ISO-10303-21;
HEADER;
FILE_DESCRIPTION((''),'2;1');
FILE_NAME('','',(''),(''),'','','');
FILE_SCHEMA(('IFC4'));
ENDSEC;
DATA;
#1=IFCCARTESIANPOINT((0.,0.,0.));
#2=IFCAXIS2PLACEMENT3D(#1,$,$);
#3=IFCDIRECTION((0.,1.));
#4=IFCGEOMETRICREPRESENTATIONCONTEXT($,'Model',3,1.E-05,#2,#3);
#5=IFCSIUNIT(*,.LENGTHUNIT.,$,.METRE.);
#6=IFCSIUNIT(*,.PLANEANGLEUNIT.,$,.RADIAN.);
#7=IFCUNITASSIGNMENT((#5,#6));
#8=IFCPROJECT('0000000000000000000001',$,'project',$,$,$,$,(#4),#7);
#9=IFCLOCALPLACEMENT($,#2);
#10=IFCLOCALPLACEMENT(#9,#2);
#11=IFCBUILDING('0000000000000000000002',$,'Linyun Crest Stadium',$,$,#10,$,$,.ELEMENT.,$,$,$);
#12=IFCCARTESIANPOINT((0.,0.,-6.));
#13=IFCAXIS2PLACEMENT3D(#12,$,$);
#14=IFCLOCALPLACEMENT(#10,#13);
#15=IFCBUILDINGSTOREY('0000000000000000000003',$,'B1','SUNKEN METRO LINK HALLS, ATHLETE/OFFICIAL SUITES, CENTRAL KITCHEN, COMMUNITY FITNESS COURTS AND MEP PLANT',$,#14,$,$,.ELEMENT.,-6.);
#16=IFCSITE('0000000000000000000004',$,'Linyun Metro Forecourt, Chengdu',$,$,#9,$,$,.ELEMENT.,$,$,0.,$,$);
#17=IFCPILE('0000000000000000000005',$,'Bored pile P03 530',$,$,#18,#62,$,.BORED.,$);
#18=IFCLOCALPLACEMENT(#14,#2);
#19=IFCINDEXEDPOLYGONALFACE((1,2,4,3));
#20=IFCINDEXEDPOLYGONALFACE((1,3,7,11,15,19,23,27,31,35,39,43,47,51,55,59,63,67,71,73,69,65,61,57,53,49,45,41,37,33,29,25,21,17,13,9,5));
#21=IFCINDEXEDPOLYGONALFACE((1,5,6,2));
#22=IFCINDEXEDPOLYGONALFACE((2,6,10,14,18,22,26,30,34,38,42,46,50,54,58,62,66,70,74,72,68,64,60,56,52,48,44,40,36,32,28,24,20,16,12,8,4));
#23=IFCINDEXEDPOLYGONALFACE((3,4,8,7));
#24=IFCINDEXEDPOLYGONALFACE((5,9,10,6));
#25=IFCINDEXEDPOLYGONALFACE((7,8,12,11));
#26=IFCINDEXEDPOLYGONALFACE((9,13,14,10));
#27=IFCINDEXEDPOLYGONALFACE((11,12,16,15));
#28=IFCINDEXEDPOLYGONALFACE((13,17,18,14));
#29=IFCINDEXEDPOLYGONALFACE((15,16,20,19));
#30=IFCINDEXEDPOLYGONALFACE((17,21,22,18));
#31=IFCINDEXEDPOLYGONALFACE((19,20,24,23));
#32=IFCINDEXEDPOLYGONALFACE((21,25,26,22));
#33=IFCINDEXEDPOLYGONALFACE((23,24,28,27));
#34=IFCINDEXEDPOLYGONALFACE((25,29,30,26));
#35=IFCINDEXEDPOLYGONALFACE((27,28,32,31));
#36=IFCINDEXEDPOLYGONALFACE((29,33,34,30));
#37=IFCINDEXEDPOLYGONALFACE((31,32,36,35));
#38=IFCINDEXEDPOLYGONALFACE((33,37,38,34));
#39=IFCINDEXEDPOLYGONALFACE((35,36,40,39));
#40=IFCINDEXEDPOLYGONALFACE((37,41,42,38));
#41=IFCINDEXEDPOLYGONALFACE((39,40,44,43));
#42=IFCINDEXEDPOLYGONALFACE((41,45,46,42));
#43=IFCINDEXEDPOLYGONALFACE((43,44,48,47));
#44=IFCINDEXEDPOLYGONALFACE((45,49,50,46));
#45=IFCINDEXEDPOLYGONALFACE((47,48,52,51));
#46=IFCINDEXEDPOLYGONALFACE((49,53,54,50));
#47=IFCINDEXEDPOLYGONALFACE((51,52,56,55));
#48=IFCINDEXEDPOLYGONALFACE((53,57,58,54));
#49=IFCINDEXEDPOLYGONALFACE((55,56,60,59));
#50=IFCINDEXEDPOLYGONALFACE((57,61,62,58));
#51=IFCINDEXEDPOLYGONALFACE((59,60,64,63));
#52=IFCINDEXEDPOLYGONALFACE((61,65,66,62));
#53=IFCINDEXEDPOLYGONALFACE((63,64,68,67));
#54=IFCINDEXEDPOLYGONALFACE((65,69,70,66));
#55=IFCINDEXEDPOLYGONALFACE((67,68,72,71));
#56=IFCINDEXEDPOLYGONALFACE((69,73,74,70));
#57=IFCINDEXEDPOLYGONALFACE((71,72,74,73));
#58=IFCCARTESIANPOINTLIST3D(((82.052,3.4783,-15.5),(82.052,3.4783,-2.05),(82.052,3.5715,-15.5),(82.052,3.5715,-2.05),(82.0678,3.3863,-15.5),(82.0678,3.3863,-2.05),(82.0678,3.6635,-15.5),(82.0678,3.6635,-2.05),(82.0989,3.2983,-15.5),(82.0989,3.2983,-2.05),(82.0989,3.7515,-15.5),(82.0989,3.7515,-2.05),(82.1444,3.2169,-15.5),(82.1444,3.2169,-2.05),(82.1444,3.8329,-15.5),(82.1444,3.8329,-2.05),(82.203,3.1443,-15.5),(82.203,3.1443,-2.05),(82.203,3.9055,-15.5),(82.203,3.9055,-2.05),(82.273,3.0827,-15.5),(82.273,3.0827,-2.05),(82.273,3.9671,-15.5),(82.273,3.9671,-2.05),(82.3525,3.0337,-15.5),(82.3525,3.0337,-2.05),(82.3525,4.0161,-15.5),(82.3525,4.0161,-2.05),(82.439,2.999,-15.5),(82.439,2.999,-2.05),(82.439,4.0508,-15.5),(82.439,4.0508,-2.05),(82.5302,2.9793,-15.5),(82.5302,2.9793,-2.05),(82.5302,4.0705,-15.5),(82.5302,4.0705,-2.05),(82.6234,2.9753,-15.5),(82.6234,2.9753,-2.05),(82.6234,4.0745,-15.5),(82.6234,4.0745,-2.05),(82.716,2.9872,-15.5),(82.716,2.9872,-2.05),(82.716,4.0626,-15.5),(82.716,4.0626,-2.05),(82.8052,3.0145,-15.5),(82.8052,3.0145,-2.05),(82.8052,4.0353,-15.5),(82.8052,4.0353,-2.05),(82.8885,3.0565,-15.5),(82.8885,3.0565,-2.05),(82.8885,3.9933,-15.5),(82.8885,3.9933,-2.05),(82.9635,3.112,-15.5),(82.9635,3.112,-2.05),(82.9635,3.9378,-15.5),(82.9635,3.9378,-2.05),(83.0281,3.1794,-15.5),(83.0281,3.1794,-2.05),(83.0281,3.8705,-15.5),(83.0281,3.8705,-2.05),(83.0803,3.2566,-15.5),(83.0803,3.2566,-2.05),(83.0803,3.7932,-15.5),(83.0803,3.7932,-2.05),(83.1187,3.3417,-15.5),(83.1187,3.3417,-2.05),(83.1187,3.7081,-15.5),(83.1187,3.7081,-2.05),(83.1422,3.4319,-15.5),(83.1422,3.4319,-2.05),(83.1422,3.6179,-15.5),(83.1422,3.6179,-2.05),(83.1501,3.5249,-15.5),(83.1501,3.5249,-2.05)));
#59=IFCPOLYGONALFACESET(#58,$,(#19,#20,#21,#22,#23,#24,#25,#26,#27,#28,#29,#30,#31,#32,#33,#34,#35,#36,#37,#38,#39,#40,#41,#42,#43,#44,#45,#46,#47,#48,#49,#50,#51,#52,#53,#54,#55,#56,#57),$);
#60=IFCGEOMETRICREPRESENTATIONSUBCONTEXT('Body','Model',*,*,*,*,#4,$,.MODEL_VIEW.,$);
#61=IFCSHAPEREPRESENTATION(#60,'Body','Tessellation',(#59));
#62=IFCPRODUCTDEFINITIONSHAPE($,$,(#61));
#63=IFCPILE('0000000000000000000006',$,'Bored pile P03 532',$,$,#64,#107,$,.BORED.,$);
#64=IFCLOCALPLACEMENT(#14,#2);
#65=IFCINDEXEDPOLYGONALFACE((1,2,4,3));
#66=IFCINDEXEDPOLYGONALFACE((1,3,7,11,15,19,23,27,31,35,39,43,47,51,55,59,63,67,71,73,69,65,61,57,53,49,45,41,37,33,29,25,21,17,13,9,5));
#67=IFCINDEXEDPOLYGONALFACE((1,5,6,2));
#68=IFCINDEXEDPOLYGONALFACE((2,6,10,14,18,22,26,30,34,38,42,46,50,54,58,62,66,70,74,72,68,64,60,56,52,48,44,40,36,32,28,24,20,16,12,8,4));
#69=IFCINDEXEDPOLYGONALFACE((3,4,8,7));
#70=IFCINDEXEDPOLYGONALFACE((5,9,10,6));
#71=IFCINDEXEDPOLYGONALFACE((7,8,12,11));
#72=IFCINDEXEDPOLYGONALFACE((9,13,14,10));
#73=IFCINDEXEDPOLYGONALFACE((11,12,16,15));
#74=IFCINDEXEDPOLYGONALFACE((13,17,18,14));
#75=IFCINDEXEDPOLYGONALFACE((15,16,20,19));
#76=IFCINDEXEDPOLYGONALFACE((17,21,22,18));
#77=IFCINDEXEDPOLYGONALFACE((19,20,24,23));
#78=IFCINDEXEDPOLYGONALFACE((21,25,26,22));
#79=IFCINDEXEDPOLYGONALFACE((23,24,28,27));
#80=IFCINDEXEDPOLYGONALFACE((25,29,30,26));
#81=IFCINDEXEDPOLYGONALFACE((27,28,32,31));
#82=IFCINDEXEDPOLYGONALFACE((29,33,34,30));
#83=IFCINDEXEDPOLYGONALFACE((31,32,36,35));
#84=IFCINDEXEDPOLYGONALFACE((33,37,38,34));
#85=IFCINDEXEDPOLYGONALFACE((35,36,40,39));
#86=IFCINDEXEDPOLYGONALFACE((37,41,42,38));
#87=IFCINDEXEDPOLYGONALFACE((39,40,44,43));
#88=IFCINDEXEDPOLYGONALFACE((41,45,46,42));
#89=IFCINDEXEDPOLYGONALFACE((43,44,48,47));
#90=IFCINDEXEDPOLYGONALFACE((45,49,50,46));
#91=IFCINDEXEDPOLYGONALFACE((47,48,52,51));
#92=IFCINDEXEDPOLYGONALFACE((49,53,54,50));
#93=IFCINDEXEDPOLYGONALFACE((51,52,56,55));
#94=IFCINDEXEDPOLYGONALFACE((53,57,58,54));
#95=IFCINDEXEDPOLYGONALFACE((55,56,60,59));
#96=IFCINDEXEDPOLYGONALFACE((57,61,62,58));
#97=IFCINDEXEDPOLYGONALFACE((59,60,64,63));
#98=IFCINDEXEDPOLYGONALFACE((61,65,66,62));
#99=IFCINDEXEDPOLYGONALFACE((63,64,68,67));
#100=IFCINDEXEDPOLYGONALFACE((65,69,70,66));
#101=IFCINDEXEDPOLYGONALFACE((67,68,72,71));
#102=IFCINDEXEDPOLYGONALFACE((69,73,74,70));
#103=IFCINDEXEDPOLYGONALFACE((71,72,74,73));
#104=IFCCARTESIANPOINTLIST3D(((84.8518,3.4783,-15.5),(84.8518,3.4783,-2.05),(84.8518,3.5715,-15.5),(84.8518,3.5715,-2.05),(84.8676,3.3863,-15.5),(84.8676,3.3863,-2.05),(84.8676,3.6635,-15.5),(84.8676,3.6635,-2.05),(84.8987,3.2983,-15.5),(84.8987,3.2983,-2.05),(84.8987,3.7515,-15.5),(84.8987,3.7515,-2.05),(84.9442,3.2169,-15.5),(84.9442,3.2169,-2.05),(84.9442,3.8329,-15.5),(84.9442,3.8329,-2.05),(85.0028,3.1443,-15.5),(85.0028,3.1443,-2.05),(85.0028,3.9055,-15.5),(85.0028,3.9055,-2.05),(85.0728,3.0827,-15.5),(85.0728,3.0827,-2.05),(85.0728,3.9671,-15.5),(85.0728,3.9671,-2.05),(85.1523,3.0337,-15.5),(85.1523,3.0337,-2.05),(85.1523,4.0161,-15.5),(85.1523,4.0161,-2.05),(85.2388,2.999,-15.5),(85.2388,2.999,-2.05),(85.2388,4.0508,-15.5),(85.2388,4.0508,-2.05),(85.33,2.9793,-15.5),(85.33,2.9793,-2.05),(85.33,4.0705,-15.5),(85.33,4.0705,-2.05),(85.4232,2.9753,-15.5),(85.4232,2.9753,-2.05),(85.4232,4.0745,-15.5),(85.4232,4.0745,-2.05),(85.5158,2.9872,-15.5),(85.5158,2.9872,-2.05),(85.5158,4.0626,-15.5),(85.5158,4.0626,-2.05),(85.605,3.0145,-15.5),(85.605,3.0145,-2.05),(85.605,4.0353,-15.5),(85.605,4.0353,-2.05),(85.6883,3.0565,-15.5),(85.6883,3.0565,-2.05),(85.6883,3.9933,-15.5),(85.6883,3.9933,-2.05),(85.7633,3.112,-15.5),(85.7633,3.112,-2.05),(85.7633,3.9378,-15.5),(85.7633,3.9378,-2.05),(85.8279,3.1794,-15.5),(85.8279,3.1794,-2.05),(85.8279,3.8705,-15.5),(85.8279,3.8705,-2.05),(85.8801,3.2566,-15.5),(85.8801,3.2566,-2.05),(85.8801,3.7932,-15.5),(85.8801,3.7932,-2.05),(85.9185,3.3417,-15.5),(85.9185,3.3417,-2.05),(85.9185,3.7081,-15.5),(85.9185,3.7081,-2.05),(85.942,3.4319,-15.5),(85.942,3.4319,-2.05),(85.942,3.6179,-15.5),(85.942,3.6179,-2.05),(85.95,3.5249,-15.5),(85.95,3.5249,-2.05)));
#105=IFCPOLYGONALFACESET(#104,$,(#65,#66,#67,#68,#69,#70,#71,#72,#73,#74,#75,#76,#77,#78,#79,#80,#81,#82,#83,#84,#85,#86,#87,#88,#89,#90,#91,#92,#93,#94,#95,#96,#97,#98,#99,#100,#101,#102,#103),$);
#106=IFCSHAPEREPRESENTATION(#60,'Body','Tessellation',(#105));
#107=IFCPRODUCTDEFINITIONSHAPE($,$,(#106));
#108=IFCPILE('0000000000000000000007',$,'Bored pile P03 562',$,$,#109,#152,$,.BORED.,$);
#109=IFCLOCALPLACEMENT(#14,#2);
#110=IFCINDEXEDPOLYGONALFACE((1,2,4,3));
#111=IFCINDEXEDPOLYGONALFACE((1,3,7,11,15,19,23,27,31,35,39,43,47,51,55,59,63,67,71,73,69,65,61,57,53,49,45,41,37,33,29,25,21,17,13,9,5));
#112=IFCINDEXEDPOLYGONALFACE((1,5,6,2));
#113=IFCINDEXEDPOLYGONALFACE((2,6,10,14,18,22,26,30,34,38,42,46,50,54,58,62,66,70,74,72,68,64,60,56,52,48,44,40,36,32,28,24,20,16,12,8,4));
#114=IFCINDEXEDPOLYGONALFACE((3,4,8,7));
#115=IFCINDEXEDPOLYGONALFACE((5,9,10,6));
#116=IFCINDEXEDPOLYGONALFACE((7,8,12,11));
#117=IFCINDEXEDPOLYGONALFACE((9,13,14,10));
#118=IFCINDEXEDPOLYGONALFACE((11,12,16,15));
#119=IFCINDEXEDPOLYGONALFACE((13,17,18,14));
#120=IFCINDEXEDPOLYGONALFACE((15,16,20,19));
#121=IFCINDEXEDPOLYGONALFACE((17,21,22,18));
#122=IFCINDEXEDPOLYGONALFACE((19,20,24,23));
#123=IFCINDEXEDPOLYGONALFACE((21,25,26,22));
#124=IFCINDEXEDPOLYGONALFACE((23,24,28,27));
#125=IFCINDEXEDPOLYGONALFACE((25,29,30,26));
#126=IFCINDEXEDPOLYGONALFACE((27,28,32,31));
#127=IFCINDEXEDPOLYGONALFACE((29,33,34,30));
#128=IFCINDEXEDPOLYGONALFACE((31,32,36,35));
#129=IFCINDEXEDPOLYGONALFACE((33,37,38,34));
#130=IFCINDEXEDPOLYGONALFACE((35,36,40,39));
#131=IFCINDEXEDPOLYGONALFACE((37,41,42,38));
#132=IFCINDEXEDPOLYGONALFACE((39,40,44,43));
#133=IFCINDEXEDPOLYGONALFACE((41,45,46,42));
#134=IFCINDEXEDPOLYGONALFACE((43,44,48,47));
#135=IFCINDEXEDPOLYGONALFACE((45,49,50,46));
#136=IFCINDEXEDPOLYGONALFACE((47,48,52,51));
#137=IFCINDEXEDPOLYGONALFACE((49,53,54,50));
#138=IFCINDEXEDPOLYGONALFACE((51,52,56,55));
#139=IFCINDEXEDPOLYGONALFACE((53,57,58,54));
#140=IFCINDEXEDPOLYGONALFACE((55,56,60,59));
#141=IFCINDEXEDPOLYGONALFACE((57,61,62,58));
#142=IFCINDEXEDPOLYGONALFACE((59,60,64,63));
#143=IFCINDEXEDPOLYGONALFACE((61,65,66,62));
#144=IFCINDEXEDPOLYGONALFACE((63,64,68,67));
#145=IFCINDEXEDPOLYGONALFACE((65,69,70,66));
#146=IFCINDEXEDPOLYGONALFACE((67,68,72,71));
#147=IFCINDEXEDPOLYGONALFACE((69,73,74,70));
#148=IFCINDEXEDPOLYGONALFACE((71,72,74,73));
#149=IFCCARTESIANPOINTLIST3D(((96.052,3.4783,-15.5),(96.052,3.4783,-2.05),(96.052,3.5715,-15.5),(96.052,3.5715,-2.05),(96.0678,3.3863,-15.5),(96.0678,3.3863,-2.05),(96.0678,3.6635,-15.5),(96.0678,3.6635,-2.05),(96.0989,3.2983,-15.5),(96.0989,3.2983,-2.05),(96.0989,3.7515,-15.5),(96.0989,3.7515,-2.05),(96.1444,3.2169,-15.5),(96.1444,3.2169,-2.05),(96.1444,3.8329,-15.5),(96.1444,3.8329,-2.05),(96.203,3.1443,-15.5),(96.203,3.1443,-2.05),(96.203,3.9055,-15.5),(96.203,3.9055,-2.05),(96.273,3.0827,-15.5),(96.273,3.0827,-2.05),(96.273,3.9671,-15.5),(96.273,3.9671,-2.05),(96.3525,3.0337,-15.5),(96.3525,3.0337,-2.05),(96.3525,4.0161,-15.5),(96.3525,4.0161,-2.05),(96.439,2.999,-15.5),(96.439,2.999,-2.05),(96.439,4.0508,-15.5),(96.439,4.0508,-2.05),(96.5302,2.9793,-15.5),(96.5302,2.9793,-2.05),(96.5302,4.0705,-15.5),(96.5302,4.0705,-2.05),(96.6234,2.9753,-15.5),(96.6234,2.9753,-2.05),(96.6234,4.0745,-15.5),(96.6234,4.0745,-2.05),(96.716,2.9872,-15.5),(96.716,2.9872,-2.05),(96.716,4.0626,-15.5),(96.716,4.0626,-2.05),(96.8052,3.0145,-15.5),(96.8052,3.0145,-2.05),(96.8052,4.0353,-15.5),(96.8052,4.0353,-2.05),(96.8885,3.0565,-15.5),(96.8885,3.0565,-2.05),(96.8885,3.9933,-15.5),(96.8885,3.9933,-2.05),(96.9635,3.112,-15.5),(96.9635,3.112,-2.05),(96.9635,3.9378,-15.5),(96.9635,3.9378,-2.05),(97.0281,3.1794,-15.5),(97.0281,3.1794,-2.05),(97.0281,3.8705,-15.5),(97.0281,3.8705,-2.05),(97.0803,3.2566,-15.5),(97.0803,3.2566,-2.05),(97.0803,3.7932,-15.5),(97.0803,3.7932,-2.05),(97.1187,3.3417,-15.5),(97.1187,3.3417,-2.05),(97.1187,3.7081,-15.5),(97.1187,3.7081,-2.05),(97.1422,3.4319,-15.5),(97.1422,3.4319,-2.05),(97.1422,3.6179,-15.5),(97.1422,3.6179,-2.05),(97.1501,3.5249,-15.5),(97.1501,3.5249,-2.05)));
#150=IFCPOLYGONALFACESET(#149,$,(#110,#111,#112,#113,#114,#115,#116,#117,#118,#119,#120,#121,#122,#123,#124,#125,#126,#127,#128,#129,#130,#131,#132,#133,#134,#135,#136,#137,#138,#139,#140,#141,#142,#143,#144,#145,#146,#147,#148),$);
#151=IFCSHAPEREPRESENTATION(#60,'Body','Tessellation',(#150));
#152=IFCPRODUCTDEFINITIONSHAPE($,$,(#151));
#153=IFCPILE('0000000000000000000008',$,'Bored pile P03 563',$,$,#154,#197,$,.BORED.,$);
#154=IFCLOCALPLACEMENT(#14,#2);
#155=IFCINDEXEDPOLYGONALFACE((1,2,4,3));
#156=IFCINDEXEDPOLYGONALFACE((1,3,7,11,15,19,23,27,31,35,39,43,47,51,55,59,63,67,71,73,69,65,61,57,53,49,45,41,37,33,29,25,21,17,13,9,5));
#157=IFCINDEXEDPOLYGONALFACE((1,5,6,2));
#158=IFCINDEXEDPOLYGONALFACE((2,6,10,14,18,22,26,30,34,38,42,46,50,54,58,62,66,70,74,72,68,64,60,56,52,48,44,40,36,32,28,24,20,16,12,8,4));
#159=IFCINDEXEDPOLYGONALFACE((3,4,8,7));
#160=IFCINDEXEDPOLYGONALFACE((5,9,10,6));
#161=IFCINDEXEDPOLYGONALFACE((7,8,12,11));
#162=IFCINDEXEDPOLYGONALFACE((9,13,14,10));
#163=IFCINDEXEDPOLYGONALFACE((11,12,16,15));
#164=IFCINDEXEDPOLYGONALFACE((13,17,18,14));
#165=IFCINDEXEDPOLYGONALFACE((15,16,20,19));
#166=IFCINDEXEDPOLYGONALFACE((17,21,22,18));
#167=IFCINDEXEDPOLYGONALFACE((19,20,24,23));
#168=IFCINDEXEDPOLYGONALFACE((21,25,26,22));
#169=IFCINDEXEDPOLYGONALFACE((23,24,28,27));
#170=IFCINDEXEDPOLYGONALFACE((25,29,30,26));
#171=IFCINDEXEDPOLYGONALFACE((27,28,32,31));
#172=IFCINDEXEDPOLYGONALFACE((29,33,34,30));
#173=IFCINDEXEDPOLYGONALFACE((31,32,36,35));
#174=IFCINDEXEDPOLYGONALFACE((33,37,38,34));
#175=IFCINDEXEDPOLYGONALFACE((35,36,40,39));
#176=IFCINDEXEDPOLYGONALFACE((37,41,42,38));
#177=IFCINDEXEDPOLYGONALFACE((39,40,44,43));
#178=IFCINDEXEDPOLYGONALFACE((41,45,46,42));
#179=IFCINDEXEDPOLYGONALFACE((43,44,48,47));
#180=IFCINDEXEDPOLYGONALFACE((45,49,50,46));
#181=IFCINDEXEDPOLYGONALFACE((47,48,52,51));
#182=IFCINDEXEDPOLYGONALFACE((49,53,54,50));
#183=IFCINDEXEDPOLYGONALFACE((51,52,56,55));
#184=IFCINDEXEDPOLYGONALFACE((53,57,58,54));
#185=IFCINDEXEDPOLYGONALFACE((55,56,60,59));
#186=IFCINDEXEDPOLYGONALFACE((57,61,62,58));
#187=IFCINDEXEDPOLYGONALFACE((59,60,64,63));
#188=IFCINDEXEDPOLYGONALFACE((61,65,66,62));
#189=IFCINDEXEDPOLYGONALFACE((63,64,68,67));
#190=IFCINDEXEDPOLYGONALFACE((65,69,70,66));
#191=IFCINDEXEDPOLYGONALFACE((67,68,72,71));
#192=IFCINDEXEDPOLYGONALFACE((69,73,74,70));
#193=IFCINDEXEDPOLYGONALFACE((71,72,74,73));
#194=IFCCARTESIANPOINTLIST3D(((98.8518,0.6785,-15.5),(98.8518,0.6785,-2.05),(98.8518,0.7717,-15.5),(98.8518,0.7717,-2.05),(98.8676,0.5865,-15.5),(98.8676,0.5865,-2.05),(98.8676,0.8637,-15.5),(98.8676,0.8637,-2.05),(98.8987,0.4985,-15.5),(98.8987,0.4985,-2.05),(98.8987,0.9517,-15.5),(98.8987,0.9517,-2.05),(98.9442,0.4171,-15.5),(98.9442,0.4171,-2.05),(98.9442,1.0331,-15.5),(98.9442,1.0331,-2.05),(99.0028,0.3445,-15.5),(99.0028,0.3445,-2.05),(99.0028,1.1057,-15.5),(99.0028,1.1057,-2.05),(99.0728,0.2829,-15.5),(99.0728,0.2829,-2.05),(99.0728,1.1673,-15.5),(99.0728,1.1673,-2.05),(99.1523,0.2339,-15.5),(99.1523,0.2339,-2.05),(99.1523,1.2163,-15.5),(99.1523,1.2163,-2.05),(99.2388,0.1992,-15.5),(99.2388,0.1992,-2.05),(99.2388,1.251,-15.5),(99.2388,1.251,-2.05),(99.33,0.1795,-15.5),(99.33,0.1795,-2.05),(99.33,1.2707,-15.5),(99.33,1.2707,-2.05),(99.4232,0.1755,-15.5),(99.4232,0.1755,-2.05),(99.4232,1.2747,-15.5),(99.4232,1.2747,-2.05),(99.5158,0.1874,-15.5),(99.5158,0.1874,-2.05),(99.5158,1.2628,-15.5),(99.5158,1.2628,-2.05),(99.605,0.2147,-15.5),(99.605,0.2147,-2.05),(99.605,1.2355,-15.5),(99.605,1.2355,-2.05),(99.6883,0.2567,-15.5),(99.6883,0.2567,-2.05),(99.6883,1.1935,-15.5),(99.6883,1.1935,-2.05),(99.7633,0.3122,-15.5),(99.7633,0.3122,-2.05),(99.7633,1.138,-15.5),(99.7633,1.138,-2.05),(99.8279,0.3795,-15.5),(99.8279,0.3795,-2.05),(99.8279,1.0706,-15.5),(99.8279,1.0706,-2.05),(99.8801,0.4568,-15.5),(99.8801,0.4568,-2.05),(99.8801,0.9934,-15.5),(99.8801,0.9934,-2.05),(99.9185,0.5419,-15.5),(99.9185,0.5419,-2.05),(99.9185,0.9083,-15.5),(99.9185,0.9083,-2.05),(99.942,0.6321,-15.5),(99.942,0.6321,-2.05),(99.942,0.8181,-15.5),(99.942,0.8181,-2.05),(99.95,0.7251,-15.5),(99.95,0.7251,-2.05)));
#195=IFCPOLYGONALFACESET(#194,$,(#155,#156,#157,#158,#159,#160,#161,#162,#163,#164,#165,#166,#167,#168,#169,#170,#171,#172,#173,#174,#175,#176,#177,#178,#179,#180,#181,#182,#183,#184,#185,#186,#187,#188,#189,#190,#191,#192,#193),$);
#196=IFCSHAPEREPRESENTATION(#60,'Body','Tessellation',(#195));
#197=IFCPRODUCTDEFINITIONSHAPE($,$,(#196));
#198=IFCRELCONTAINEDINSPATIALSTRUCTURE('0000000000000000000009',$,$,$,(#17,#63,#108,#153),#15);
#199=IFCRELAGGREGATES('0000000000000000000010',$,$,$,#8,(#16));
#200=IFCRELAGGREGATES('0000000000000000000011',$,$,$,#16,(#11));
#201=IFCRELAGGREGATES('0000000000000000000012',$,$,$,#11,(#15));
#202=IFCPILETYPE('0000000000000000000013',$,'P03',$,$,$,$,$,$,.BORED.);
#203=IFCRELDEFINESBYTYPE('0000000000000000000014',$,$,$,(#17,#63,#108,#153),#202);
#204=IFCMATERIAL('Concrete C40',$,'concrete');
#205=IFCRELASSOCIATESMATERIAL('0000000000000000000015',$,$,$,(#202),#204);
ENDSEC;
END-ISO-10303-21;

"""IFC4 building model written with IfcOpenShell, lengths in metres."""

from ifc_helpers import new_model, si_unit, direction, frame, origin, origin_2d, place, context, subcontext, project, spatial, circle, extrude, material, material_profile, profile_set, type_object, element, save


model = new_model("IFC4")

# Units and contexts
model_context = context("Model", 3, precision=1e-05, world=origin(), true_north=direction((0.0, 1.0)))
body_context = subcontext(model_context, "Body", "Model", "MODEL_VIEW")
ifc_project = project(units=[si_unit("LENGTHUNIT", "METRE"), si_unit("PLANEANGLEUNIT", "RADIAN")], contexts=[model_context])

# Site, building, storey
site_placement = place(None, origin())
site = spatial("IfcSite", under=ifc_project, at=site_placement, Name="Linyun Metro Forecourt, Chengdu", CompositionType="ELEMENT", RefElevation=0.0)
building_placement = place(site_placement, origin())
building = spatial("IfcBuilding", under=site, at=building_placement, Name="Linyun Crest Stadium", CompositionType="ELEMENT")
storey_placement = place(building_placement, frame((0.0, 0.0, -6.0)))
storey = spatial("IfcBuildingStorey", under=building, at=storey_placement, Name="B1", Description="SUNKEN METRO LINK HALLS, ATHLETE/OFFICIAL SUITES, CENTRAL KITCHEN, COMMUNITY FITNESS COURTS AND MEP PLANT", CompositionType="ELEMENT", Elevation=-6.0)

# Piles
ifc_material_1 = material(Name="Concrete C40", Category="concrete")
ifc_material_profile_1 = material_profile(ifc_material_1, circle(Radius=0.55, at=origin_2d()), Name="BORED PILE 1100")
ifc_profile_set_1 = profile_set([ifc_material_profile_1], Name="Concrete C40")
pile_type = type_object("IfcPileType", Name="P03", PredefinedType="BORED", material=ifc_profile_set_1)
for number, where, z_axis, x_axis, name in (
    (1, (82.6001, 3.5249, -2.05), (0.0, 0.0, -1.0), (1.0, 0.0, 0.0), "Bored pile P03 530"),
    (2, (85.3999, 3.5249, -2.05), (0.0, 0.0, -1.0), (1.0, 0.0, 0.0), "Bored pile P03 532"),
    (3, (96.6001, 3.5249, -2.05), (0.0, 0.0, -1.0), (1.0, 0.0, 0.0), "Bored pile P03 562"),
    (4, (99.3999, 0.7251, -2.05), (0.0, 0.0, -1.0), (1.0, 0.0, 0.0), "Bored pile P03 563"),
):
    element("IfcPile", number, at=place(storey_placement, frame(where, z_axis=z_axis, x_axis=x_axis)), inside=storey, type_object=pile_type, Name=name, PredefinedType="BORED", context=body_context, shape_type="SweptSolid", body=[
        extrude(circle(Radius=0.55, at=origin_2d()), origin(), (0.0, 0.0, 1.0), 13.45),
    ])

save(model, "model.ifc")
